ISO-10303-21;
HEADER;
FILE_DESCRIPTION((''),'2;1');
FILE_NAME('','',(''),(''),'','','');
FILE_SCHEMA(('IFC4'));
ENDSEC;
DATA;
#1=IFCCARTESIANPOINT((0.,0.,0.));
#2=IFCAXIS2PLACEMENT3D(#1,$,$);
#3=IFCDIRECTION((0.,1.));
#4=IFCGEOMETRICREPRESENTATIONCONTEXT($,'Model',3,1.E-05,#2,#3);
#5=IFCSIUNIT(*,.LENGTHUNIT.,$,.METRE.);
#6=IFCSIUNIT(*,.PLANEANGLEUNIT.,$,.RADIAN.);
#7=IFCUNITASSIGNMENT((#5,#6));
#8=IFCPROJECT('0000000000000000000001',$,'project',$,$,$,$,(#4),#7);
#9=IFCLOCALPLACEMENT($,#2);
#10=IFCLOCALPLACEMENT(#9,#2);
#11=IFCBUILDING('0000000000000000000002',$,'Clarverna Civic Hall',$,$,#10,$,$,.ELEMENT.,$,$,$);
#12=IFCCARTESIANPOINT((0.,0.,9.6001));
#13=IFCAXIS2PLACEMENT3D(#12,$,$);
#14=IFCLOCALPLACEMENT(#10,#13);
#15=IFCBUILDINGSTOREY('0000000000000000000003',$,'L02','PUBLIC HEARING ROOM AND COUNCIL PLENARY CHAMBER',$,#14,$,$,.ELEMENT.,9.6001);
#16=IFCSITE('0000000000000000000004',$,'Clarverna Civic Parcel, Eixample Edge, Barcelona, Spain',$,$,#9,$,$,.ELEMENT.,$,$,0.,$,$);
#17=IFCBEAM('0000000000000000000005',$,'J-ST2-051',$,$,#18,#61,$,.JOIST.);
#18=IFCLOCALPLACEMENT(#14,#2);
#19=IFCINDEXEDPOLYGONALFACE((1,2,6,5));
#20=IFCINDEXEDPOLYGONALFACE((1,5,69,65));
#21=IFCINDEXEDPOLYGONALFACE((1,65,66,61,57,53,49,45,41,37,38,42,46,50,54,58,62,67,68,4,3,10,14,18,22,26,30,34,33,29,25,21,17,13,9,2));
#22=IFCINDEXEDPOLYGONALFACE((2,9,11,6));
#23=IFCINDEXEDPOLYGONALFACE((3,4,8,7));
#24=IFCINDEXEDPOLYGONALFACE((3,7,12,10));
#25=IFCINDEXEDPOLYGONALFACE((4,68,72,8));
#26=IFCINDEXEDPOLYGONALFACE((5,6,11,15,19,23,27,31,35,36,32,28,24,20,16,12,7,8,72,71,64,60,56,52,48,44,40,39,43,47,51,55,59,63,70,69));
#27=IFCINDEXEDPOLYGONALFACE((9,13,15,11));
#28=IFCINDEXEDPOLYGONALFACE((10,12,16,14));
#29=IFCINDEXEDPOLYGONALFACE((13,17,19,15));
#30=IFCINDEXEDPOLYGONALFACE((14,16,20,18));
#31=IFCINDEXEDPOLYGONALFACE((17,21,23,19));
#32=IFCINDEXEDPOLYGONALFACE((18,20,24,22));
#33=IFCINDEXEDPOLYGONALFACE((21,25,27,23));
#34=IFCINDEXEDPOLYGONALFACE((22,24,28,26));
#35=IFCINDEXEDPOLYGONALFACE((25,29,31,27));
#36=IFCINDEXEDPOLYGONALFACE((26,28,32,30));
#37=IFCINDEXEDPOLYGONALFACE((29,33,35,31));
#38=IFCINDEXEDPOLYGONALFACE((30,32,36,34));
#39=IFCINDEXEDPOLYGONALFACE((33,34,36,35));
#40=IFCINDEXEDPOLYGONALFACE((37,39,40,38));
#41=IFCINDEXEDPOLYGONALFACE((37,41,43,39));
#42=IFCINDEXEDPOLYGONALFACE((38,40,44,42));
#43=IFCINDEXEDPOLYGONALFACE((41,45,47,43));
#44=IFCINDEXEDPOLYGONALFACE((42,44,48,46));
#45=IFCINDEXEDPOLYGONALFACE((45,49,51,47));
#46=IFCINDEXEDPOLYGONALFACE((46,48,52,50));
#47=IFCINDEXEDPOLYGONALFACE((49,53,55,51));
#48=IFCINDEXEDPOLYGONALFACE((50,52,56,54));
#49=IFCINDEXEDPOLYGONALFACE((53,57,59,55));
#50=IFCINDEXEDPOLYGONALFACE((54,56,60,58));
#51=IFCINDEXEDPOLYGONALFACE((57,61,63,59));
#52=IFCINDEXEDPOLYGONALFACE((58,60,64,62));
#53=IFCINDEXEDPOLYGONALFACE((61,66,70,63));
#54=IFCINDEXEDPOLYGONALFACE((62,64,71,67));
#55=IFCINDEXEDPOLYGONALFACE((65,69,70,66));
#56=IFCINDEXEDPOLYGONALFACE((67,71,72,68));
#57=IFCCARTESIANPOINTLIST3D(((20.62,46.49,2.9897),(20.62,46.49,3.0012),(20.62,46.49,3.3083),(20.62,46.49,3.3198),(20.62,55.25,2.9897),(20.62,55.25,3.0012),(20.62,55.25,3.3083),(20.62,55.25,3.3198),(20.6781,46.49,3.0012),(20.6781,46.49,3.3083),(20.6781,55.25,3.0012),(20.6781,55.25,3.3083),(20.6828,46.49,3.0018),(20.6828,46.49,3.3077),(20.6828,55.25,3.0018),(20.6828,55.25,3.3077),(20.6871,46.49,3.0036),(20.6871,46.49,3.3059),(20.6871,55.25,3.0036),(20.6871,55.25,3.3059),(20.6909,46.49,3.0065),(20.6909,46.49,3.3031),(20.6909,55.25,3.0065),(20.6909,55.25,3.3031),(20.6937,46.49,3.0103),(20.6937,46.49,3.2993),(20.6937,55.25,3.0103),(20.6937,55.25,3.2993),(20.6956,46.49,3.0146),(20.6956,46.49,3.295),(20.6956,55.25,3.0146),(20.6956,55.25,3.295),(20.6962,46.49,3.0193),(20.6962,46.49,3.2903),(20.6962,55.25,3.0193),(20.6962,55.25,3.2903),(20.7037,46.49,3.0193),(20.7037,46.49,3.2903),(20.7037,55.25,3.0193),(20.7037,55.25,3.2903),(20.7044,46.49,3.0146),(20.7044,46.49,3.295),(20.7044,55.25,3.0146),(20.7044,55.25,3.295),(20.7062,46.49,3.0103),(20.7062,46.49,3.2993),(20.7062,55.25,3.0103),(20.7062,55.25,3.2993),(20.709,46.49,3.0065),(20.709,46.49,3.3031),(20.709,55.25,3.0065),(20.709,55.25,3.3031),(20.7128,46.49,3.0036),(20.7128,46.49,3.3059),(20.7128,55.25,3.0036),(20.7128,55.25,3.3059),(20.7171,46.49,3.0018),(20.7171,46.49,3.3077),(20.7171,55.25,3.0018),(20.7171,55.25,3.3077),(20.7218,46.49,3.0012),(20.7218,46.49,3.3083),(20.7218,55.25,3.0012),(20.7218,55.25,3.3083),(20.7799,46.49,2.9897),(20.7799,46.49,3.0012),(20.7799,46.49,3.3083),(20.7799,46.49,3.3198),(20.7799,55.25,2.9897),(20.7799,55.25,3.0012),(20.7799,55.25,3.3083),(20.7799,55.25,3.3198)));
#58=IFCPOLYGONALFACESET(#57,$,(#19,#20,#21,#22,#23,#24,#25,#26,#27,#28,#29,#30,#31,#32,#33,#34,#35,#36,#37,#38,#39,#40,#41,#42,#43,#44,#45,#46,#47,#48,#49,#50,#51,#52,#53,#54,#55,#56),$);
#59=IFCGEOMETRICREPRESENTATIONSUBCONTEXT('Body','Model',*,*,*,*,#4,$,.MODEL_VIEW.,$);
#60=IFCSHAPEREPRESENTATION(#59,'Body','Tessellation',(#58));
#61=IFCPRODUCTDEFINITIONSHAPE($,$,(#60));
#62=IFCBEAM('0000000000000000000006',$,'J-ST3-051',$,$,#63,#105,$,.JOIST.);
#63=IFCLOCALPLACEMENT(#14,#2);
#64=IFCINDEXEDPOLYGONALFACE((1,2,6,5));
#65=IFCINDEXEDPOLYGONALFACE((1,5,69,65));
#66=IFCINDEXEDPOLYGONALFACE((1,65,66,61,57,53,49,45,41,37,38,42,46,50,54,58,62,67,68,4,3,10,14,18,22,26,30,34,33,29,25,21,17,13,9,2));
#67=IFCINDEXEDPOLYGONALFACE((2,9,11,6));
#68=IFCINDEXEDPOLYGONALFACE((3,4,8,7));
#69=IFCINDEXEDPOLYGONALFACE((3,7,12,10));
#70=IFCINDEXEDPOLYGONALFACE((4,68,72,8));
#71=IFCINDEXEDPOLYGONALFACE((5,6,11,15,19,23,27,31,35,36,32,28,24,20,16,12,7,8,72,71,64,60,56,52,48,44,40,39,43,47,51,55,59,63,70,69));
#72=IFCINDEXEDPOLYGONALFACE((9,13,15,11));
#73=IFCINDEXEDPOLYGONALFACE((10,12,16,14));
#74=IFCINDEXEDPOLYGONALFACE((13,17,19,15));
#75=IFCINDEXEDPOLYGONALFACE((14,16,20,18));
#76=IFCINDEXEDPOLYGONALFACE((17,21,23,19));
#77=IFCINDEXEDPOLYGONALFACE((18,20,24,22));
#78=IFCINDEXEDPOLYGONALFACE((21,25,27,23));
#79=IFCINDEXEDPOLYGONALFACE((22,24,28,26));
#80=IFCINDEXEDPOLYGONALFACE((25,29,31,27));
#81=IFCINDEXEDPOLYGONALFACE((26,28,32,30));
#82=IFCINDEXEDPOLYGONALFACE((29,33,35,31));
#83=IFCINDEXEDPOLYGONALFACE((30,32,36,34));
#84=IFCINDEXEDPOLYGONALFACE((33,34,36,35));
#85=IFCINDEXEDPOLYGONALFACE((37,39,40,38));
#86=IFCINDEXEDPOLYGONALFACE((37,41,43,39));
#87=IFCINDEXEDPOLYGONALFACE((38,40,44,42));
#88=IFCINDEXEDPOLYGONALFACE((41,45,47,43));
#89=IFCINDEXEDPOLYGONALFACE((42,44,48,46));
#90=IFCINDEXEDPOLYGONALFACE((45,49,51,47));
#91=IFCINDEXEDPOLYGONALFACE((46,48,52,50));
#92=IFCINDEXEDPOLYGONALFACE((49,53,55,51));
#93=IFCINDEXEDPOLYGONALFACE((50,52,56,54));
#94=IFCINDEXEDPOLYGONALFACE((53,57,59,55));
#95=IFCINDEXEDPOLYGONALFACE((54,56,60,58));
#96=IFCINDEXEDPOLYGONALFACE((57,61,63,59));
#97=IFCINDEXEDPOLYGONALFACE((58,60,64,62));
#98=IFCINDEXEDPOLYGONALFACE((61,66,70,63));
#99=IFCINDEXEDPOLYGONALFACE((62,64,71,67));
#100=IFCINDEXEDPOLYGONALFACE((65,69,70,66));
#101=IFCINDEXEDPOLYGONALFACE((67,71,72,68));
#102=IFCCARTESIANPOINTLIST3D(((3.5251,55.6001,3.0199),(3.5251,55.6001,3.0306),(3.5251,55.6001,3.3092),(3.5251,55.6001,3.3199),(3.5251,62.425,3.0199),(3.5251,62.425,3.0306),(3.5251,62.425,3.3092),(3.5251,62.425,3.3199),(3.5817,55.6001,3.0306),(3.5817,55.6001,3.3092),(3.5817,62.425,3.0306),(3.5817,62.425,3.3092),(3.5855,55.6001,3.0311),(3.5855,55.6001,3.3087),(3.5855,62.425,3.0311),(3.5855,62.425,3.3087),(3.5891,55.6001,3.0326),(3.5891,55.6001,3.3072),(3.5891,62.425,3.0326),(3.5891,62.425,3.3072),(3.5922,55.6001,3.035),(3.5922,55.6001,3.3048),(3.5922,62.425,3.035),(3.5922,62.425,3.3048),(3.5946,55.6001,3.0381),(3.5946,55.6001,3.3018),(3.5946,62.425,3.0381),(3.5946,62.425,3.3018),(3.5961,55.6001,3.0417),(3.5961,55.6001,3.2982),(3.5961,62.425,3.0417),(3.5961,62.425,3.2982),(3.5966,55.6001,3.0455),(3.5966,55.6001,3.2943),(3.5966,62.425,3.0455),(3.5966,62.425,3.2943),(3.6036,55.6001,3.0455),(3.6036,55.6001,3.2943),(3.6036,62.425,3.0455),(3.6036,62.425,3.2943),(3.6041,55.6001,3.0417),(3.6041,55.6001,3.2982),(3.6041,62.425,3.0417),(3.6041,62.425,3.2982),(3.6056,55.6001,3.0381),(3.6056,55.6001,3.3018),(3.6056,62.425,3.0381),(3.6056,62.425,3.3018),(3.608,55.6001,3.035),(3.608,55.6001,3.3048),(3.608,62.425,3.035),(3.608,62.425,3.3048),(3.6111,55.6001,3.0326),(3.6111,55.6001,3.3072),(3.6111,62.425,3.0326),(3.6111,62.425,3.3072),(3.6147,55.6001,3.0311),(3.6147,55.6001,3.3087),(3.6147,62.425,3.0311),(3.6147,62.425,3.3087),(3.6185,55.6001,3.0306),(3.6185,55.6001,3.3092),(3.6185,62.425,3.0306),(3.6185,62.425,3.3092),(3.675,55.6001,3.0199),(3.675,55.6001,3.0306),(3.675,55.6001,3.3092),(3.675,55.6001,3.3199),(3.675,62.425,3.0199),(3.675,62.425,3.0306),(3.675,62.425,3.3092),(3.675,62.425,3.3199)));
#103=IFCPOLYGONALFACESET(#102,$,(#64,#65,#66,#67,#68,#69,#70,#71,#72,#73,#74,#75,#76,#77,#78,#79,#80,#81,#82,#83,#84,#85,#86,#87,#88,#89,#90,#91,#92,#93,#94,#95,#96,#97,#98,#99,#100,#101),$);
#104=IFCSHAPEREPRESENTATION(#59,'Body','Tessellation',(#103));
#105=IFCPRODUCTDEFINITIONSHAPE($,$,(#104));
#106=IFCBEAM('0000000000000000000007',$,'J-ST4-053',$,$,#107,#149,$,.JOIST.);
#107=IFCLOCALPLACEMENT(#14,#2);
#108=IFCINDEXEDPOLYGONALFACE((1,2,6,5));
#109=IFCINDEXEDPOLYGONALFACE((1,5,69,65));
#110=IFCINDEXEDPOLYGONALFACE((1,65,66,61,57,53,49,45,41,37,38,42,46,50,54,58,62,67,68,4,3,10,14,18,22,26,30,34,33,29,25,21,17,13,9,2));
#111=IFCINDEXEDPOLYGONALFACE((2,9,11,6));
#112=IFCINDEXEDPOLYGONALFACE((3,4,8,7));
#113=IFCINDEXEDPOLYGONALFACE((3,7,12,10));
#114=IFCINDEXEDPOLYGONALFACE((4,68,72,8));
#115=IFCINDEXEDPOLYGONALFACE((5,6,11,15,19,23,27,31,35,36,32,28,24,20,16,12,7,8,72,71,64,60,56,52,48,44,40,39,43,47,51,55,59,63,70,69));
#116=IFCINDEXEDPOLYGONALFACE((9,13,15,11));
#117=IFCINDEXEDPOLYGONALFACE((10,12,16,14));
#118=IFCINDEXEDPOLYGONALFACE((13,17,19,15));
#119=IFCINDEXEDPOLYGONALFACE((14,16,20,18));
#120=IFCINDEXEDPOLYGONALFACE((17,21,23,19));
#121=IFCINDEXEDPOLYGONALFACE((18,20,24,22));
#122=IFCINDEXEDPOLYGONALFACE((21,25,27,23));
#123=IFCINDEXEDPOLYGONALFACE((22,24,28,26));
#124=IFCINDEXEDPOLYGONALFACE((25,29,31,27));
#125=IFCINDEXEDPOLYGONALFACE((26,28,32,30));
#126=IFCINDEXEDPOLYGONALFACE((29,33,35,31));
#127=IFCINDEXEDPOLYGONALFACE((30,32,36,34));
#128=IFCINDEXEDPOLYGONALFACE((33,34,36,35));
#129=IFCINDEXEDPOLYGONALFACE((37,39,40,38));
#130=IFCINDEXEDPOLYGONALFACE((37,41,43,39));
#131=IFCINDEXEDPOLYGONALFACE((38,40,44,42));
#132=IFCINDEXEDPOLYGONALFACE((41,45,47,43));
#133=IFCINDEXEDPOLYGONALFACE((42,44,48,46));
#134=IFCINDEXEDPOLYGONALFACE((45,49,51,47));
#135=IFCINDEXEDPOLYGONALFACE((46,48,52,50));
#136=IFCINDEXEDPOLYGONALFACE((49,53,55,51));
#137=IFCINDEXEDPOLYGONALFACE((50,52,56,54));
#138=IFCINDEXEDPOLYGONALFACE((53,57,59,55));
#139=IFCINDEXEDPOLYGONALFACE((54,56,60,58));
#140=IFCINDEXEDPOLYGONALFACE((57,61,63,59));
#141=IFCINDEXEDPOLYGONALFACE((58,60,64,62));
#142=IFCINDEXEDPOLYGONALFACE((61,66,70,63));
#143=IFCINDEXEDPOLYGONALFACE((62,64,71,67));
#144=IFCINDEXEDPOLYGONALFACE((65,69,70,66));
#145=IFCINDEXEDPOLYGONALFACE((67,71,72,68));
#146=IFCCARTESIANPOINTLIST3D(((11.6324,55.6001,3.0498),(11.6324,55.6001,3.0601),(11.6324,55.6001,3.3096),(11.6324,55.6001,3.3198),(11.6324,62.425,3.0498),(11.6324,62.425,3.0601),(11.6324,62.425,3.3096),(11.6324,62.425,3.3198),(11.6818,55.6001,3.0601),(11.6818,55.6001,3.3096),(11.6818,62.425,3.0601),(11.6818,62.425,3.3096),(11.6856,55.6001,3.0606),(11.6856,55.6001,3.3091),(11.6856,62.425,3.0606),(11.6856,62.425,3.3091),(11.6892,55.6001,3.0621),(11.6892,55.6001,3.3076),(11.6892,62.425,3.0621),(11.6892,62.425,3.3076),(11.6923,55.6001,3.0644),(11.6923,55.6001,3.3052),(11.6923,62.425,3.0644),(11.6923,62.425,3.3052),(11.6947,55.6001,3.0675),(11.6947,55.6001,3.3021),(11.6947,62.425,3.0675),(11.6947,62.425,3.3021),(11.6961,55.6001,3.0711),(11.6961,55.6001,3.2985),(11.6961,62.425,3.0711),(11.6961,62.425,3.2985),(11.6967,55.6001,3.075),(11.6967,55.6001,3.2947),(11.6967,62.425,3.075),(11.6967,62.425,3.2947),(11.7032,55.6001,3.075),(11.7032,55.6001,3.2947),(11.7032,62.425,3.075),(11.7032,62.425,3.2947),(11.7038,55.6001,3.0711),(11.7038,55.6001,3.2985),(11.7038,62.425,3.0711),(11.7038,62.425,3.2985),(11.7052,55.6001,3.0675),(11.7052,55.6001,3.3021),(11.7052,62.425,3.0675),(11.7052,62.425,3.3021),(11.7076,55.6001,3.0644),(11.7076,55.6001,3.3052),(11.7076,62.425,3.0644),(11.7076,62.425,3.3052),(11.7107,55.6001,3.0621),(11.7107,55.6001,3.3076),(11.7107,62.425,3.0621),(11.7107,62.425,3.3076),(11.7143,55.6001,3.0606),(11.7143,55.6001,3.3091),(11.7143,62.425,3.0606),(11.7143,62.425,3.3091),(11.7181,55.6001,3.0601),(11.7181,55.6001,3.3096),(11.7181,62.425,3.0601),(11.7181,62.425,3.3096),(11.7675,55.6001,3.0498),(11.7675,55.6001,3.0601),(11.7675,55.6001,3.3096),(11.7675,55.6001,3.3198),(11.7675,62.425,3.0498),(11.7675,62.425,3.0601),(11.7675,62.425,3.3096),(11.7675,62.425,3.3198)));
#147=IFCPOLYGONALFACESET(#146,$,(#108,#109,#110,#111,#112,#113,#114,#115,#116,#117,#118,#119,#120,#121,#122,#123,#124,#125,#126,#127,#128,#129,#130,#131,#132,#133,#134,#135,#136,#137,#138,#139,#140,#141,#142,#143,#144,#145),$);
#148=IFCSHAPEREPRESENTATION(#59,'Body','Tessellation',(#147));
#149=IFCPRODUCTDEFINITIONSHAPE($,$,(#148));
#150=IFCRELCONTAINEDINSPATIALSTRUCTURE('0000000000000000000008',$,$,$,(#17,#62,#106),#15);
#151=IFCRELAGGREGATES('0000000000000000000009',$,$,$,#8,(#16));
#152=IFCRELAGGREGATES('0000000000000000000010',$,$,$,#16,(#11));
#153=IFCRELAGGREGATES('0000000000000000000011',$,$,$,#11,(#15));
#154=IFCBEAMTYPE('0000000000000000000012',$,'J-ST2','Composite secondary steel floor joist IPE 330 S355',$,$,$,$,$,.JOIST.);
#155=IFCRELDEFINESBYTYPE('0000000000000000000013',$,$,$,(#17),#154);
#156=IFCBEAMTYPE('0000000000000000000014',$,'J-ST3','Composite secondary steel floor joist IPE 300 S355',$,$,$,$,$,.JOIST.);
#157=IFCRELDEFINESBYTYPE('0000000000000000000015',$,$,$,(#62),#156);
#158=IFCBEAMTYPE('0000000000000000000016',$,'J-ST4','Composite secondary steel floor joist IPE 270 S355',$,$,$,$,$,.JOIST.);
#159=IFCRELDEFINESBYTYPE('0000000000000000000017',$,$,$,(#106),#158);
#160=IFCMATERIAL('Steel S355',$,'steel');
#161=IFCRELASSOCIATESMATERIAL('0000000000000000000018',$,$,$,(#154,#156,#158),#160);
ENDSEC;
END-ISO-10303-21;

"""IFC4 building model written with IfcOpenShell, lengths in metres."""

from ifc_helpers import new_model, si_unit, direction, frame, origin, origin_2d, place, context, subcontext, project, spatial, i_section, extrude, material, material_profile, profile_set, type_object, element, save


model = new_model("IFC4")

# Units and contexts
model_context = context("Model", 3, precision=1e-05, world=origin(), true_north=direction((0.0, 1.0)))
body_context = subcontext(model_context, "Body", "Model", "MODEL_VIEW")
ifc_project = project(units=[si_unit("LENGTHUNIT", "METRE"), si_unit("PLANEANGLEUNIT", "RADIAN")], contexts=[model_context])

# Site, building, storey
site_placement = place(None, origin())
site = spatial("IfcSite", under=ifc_project, at=site_placement, Name="Clarverna Civic Parcel, Eixample Edge, Barcelona, Spain", CompositionType="ELEMENT", RefElevation=0.0)
building_placement = place(site_placement, origin())
building = spatial("IfcBuilding", under=site, at=building_placement, Name="Clarverna Civic Hall", CompositionType="ELEMENT")
storey_placement = place(building_placement, frame((0.0, 0.0, 9.6001)))
storey = spatial("IfcBuildingStorey", under=building, at=storey_placement, Name="L02", Description="PUBLIC HEARING ROOM AND COUNCIL PLENARY CHAMBER", CompositionType="ELEMENT", Elevation=9.6001)

# Beams
ifc_material_1 = material(Name="Steel S355", Category="steel")
ifc_material_profile_1 = material_profile(ifc_material_1, i_section(OverallWidth=0.1599, OverallDepth=0.3301, WebThickness=0.0076, FlangeThickness=0.0115, FilletRadius=0.0181, at=origin_2d()), Name="IPE 330")
ifc_profile_set_1 = profile_set([ifc_material_profile_1], Name="Steel S355")
beam_type_1 = type_object("IfcBeamType", Name="J-ST2", Description="Composite secondary steel floor joist IPE 330 S355", PredefinedType="JOIST", material=ifc_profile_set_1)
beam_1_placement = place(storey_placement, frame((20.7, 46.49, 3.1548), z_axis=(0.0, 1.0, 0.0), x_axis=(-1.0, 0.0, 0.0)))
element("IfcBeam", 1, at=beam_1_placement, inside=storey, type_object=beam_type_1, Name="J-ST2-051", PredefinedType="JOIST", context=body_context, shape_type="SweptSolid", body=[
    extrude(i_section(OverallWidth=0.1599, OverallDepth=0.3301, WebThickness=0.0076, FlangeThickness=0.0115, FilletRadius=0.0181, at=origin_2d()), origin(), (0.0, 0.0, 1.0), 8.76),
])
ifc_material_profile_2 = material_profile(ifc_material_1, i_section(OverallWidth=0.1499, OverallDepth=0.3, WebThickness=0.0071, FlangeThickness=0.0107, FilletRadius=0.0149, at=origin_2d()), Name="IPE 300")
ifc_profile_set_2 = profile_set([ifc_material_profile_2], Name="Steel S355")
beam_type_2 = type_object("IfcBeamType", Name="J-ST3", Description="Composite secondary steel floor joist IPE 300 S355", PredefinedType="JOIST", material=ifc_profile_set_2)
beam_2_placement = place(storey_placement, frame((3.6001, 55.6001, 3.1699), z_axis=(0.0, 1.0, 0.0), x_axis=(-1.0, 0.0, 0.0)))
element("IfcBeam", 2, at=beam_2_placement, inside=storey, type_object=beam_type_2, Name="J-ST3-051", PredefinedType="JOIST", context=body_context, shape_type="SweptSolid", body=[
    extrude(i_section(OverallWidth=0.1499, OverallDepth=0.3, WebThickness=0.0071, FlangeThickness=0.0107, FilletRadius=0.0149, at=origin_2d()), origin(), (0.0, 0.0, 1.0), 6.825),
])
ifc_material_profile_3 = material_profile(ifc_material_1, i_section(OverallWidth=0.135, OverallDepth=0.27, WebThickness=0.0066, FlangeThickness=0.0103, FilletRadius=0.0149, at=origin_2d()), Name="IPE 270")
ifc_profile_set_3 = profile_set([ifc_material_profile_3], Name="Steel S355")
beam_type_3 = type_object("IfcBeamType", Name="J-ST4", Description="Composite secondary steel floor joist IPE 270 S355", PredefinedType="JOIST", material=ifc_profile_set_3)
beam_3_placement = place(storey_placement, frame((11.7, 55.6001, 3.1848), z_axis=(0.0, 1.0, 0.0), x_axis=(-1.0, 0.0, 0.0)))
element("IfcBeam", 3, at=beam_3_placement, inside=storey, type_object=beam_type_3, Name="J-ST4-053", PredefinedType="JOIST", context=body_context, shape_type="SweptSolid", body=[
    extrude(i_section(OverallWidth=0.135, OverallDepth=0.27, WebThickness=0.0066, FlangeThickness=0.0103, FilletRadius=0.0149, at=origin_2d()), origin(), (0.0, 0.0, 1.0), 6.825),
])

save(model, "model.ifc")
